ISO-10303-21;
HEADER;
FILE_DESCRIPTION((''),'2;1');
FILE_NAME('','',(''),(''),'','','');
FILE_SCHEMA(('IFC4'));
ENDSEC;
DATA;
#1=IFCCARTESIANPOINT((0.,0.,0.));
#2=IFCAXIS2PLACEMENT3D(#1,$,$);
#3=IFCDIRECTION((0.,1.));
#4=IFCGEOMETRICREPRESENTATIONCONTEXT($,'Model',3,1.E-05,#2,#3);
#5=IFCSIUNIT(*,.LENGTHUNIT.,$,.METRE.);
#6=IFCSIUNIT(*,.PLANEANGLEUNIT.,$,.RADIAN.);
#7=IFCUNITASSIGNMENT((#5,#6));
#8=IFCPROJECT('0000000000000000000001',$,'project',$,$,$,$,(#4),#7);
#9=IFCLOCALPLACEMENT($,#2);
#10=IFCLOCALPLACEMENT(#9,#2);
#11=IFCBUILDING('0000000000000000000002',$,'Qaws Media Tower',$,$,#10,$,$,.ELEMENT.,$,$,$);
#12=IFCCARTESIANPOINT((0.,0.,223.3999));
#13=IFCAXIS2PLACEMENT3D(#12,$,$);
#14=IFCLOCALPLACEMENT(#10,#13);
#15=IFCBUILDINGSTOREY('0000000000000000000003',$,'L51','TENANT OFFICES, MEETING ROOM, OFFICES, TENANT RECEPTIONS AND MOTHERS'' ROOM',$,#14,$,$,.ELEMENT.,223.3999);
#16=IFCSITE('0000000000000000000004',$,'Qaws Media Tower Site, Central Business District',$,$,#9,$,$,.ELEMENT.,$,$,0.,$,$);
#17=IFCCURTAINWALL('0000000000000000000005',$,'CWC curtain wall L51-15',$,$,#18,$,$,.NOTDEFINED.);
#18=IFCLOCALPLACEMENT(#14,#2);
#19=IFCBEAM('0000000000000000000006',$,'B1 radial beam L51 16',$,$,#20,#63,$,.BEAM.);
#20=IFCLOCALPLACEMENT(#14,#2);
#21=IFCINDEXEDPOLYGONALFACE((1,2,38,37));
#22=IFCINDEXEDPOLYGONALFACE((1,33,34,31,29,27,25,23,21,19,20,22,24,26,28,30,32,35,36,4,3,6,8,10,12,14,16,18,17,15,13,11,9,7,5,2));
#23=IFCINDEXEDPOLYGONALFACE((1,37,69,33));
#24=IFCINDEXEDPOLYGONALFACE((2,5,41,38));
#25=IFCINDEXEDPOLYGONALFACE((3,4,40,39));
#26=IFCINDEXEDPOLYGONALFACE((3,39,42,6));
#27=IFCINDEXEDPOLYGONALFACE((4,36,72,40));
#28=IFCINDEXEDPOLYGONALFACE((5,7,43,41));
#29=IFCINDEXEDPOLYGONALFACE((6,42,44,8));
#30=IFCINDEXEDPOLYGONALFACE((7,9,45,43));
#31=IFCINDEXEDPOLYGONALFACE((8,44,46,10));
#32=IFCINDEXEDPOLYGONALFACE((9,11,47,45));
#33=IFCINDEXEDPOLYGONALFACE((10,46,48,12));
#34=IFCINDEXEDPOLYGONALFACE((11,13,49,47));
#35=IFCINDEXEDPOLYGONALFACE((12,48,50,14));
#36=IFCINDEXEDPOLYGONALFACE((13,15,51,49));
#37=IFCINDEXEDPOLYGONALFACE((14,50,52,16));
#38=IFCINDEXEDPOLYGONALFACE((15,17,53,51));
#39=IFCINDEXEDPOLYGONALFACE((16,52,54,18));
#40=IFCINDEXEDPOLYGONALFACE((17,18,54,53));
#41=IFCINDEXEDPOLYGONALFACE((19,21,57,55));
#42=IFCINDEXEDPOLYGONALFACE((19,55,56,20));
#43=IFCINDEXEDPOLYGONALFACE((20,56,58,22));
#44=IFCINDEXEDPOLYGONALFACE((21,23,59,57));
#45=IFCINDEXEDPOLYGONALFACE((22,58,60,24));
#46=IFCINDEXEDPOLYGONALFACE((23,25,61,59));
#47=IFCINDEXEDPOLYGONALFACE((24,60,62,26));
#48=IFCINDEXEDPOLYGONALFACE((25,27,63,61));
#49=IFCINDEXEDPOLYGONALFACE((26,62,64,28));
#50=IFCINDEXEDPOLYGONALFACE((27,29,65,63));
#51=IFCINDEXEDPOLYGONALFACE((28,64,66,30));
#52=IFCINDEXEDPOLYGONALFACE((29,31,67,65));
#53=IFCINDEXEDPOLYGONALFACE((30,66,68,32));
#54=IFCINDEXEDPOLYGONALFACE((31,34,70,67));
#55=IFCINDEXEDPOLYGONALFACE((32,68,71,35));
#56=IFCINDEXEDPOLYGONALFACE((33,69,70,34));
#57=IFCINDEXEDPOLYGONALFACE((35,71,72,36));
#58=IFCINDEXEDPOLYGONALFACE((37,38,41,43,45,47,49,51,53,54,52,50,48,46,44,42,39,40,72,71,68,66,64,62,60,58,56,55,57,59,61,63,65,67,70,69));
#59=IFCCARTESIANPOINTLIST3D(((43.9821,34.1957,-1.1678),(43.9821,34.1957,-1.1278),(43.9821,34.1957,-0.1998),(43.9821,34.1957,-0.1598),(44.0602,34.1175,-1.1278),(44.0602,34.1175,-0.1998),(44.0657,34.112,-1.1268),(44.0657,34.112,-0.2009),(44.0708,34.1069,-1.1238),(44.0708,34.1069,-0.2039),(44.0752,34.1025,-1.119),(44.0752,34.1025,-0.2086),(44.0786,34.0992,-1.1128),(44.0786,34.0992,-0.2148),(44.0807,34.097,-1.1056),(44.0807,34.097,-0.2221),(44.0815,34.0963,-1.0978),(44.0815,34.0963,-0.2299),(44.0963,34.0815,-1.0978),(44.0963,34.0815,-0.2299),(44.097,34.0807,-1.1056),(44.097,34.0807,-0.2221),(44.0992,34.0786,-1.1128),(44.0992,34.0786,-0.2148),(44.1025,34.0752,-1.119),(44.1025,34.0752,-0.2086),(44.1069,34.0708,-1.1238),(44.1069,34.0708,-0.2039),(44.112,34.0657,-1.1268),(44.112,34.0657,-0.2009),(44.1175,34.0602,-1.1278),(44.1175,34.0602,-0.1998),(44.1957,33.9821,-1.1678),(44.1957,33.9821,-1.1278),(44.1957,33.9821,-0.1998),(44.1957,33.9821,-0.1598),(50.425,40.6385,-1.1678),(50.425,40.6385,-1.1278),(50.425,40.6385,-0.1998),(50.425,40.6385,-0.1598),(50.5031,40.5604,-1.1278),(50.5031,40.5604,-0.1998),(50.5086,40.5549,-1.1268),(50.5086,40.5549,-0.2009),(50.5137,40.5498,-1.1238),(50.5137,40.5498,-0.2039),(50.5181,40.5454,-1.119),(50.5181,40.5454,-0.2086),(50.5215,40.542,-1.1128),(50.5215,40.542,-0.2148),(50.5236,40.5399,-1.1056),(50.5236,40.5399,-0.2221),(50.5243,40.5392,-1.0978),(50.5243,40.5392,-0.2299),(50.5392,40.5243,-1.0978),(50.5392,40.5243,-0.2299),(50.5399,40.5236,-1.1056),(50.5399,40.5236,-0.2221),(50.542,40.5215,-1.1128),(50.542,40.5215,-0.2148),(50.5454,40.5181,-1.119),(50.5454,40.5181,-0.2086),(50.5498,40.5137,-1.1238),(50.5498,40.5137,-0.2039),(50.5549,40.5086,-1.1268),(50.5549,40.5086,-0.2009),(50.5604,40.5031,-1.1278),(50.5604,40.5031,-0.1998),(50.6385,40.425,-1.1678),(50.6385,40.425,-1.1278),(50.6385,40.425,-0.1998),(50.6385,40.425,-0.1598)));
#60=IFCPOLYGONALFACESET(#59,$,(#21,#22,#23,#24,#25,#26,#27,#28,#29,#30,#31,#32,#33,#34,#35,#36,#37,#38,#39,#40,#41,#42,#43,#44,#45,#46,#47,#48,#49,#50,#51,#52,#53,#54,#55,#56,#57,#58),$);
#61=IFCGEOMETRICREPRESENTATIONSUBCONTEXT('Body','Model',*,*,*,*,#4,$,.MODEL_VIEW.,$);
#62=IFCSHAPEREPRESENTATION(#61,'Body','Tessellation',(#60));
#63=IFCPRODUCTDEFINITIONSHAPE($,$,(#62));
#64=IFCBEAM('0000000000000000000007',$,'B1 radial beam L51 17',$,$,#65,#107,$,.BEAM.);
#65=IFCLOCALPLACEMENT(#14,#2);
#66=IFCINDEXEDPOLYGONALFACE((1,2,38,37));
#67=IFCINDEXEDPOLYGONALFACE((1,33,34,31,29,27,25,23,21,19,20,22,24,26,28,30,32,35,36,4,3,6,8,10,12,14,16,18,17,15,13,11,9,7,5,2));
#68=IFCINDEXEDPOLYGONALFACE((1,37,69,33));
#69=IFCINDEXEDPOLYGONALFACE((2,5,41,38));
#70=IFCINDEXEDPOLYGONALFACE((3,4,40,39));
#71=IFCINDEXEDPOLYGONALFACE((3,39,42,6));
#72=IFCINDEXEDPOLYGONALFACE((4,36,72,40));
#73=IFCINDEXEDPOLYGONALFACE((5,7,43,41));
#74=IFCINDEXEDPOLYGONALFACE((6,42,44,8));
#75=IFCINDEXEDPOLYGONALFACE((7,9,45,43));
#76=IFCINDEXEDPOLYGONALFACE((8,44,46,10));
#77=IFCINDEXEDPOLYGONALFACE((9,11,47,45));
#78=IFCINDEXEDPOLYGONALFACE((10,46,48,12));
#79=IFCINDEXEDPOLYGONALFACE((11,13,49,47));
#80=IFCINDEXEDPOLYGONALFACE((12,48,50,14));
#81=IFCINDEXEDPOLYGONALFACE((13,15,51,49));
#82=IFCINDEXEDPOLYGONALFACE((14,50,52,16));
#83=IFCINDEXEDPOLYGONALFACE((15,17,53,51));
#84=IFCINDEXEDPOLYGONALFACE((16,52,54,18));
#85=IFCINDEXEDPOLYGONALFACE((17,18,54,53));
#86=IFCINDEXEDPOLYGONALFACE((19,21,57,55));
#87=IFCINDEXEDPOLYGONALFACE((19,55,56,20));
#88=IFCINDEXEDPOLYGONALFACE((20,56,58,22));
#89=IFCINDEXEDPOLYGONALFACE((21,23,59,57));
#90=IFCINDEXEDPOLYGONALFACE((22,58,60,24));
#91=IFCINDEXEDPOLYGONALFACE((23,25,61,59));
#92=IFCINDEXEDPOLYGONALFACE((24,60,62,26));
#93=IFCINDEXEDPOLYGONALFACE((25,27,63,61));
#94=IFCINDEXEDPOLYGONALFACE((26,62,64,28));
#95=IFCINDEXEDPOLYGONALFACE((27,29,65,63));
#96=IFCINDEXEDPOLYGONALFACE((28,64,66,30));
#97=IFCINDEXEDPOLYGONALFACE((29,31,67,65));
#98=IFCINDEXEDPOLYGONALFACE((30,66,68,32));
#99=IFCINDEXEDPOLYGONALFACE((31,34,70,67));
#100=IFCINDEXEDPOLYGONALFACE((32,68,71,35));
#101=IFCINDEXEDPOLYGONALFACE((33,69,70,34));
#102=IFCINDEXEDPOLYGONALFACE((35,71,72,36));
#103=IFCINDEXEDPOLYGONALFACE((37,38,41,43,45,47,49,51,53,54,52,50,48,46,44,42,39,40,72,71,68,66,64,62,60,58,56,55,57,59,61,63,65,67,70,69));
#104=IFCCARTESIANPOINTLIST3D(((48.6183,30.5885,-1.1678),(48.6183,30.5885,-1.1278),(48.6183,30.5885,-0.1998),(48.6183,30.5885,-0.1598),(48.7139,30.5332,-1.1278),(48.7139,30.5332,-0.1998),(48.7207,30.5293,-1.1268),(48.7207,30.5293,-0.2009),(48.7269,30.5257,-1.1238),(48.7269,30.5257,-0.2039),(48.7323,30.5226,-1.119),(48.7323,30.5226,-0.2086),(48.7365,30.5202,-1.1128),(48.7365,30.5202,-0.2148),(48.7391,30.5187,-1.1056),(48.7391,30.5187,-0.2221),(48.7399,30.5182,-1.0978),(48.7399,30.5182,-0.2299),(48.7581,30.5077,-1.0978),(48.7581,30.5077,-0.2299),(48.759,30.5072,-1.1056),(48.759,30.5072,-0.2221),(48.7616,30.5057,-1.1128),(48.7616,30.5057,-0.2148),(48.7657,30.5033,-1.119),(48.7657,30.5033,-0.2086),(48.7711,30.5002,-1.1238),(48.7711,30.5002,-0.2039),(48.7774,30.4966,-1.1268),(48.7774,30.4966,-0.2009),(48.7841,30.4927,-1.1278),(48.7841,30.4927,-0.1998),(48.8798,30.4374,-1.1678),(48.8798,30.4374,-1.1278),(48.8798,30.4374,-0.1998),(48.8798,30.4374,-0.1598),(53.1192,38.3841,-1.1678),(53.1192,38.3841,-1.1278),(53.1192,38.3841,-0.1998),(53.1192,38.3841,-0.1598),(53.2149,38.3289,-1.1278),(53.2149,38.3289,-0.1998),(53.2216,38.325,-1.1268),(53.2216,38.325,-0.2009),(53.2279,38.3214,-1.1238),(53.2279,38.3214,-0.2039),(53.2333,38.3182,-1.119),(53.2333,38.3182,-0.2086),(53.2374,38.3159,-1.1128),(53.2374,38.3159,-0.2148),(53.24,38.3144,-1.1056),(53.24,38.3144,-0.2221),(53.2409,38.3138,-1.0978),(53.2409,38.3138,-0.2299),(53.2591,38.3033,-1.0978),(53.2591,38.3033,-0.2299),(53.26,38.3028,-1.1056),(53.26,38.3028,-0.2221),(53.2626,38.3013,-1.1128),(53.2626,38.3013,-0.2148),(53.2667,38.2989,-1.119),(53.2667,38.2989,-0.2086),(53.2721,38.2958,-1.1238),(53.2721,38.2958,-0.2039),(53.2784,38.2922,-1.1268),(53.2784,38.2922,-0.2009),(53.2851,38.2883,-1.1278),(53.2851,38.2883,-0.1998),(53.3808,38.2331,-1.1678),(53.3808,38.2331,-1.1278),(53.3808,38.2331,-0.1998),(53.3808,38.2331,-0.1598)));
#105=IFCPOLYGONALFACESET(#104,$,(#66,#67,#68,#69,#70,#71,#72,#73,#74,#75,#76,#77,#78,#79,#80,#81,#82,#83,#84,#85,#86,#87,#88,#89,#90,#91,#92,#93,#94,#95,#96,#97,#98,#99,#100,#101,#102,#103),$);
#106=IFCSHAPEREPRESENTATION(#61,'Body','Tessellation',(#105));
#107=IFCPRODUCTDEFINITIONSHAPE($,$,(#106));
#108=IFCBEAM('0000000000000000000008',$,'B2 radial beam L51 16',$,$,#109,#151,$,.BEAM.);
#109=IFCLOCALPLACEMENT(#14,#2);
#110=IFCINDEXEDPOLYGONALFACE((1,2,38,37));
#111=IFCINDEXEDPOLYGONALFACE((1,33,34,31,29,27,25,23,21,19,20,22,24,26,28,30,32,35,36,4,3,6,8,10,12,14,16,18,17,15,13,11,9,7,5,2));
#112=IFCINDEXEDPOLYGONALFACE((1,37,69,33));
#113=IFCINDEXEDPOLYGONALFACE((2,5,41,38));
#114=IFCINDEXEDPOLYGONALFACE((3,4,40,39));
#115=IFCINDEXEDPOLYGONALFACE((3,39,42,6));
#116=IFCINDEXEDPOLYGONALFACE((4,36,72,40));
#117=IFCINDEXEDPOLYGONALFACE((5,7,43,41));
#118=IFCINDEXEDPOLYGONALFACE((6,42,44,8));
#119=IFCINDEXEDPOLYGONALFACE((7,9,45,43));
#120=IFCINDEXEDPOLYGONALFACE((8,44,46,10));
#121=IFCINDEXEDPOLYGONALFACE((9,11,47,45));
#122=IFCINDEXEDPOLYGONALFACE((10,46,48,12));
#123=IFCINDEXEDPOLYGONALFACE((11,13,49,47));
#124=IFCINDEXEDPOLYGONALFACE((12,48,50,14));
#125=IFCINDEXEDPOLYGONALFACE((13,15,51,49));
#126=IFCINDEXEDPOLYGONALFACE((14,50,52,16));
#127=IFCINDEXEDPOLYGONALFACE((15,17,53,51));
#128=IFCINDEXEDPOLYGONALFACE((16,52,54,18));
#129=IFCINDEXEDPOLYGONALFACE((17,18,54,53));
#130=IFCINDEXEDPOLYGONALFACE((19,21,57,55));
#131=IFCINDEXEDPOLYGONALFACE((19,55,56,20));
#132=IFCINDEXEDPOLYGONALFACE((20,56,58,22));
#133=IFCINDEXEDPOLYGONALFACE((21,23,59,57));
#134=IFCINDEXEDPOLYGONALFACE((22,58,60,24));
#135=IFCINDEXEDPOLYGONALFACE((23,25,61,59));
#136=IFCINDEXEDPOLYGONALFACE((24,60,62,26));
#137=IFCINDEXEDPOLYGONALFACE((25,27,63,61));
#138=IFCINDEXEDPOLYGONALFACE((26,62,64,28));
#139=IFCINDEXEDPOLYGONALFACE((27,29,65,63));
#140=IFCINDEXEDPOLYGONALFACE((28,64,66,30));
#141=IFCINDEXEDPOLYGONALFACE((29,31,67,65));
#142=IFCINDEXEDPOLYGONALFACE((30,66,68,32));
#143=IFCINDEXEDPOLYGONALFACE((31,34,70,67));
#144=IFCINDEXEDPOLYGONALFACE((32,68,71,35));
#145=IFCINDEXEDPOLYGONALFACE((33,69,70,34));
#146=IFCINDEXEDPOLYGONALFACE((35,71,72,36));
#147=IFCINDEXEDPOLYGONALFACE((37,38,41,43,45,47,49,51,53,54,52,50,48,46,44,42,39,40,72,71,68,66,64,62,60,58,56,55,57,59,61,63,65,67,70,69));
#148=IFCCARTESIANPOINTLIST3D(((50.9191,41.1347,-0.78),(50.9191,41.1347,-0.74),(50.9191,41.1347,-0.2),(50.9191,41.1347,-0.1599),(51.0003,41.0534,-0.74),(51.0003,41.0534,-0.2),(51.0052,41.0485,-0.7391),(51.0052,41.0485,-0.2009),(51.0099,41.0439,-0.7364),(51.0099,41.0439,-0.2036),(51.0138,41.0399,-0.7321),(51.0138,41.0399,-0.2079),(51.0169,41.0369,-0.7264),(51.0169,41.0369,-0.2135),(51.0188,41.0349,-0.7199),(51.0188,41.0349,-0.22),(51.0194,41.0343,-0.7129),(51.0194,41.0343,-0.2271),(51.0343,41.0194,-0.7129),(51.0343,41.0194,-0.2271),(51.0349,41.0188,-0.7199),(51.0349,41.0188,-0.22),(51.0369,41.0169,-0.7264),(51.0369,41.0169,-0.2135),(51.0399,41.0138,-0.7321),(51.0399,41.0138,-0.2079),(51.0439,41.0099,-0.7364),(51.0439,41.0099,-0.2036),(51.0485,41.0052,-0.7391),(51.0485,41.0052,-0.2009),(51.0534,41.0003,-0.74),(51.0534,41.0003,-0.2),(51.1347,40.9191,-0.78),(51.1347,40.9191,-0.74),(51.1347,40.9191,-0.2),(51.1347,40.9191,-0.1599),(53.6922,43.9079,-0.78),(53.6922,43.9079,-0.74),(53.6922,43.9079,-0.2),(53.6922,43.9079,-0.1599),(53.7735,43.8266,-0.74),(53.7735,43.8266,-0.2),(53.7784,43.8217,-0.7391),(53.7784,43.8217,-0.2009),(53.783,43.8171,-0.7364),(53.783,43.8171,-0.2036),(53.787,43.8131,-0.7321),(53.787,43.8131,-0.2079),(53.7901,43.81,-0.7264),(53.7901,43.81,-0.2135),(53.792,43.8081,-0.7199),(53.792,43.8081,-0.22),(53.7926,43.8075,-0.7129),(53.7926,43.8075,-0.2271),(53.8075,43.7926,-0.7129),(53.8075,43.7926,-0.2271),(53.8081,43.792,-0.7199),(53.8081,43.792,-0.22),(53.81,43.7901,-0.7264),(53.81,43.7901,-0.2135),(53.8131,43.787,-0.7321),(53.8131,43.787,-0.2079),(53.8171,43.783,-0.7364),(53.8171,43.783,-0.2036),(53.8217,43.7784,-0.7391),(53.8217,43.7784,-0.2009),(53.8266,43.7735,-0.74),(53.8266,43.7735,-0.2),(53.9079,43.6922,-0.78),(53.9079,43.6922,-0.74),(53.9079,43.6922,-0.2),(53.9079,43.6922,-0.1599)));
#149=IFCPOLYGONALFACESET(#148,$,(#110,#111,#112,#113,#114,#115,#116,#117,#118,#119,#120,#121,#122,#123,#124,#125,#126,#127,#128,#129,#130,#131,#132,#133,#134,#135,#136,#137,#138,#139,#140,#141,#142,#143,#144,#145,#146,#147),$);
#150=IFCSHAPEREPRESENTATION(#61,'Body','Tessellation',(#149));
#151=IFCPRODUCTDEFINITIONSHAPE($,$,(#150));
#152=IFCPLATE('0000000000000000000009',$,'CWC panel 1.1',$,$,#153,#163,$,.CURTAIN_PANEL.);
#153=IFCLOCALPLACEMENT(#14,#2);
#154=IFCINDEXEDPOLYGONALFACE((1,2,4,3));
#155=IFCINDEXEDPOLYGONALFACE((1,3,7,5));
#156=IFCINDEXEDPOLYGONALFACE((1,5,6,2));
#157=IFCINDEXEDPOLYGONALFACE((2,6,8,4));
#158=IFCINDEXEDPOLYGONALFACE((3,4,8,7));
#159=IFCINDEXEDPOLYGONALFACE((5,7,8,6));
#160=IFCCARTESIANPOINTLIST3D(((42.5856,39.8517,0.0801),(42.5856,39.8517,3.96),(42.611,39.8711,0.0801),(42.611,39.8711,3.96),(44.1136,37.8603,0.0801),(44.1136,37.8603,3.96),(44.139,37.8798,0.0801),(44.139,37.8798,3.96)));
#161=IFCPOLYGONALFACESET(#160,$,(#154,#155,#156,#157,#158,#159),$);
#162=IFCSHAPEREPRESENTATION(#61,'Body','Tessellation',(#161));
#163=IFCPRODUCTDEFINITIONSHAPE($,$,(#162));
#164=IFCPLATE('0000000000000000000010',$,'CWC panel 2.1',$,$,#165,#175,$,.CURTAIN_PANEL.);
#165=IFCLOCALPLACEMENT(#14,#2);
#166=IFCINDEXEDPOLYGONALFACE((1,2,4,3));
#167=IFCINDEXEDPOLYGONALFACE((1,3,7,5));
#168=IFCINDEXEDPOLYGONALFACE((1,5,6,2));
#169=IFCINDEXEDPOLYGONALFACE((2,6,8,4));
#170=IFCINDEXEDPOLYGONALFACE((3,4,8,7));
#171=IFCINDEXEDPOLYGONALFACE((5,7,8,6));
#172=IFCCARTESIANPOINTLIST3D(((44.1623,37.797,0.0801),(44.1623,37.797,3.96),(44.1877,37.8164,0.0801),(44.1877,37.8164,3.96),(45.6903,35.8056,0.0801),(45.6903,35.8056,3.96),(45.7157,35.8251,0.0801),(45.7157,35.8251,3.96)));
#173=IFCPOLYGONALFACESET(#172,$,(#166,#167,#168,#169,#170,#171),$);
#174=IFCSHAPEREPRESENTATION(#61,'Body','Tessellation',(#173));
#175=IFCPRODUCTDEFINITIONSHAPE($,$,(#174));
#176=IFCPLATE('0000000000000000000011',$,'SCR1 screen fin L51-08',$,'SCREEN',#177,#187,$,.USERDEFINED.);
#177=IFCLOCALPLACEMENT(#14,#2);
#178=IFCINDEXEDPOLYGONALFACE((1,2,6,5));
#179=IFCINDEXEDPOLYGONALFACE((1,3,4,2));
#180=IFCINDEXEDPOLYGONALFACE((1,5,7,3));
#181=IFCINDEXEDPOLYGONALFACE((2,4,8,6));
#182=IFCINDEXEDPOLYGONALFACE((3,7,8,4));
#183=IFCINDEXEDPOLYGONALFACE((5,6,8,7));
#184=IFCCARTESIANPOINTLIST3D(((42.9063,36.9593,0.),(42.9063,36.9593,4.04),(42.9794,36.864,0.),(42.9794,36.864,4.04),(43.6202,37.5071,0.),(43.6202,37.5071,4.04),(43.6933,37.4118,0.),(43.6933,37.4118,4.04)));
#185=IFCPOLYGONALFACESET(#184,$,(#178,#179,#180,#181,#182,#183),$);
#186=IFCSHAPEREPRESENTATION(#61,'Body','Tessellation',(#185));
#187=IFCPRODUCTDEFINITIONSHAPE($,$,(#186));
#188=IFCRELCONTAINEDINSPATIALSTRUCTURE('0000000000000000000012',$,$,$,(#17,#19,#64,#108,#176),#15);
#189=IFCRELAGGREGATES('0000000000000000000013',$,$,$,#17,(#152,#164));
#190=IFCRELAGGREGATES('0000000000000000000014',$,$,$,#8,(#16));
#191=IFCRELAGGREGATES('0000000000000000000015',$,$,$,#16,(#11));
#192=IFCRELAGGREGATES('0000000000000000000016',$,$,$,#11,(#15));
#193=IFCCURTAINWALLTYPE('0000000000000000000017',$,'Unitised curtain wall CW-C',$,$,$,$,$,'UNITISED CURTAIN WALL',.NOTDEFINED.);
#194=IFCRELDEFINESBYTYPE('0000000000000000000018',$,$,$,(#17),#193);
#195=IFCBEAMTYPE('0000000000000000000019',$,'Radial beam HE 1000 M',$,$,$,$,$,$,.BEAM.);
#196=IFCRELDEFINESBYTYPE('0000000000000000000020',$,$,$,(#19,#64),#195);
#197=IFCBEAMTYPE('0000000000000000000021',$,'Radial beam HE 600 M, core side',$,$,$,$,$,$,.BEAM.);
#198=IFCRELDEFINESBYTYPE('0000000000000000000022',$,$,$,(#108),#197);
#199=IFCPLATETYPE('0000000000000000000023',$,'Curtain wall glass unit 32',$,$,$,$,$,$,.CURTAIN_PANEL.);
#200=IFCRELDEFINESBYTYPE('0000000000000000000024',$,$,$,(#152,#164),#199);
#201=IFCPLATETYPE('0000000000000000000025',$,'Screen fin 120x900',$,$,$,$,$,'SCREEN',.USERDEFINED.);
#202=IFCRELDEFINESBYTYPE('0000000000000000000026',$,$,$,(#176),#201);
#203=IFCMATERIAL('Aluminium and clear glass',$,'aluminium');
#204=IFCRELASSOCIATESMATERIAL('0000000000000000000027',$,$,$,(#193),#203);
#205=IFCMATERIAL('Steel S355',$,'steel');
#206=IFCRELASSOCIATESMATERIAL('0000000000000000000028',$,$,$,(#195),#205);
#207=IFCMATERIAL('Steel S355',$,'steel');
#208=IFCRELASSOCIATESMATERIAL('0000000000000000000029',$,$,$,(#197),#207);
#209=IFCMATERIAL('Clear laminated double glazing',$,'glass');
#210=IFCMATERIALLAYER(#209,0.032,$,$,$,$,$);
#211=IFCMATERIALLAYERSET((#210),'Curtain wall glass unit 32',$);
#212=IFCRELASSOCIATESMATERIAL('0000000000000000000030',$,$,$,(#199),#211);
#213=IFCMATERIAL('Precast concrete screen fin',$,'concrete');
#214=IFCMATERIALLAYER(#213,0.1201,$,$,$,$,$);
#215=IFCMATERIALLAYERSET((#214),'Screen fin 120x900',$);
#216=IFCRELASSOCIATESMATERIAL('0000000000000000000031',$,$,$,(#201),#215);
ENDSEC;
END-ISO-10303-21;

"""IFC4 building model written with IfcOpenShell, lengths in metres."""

from ifc_helpers import new_model, si_unit, direction, frame, origin, origin_2d, place, context, subcontext, project, spatial, rectangle, i_section, extrude, material, layer, layer_set, material_profile, profile_set, type_object, element, aggregate, save


model = new_model("IFC4")

# Units and contexts
model_context = context("Model", 3, precision=1e-05, world=origin(), true_north=direction((0.0, 1.0)))
body_context = subcontext(model_context, "Body", "Model", "MODEL_VIEW")
ifc_project = project(units=[si_unit("LENGTHUNIT", "METRE"), si_unit("PLANEANGLEUNIT", "RADIAN")], contexts=[model_context])

# Site, building, storey
site_placement = place(None, origin())
site = spatial("IfcSite", under=ifc_project, at=site_placement, Name="Qaws Media Tower Site, Central Business District", CompositionType="ELEMENT", RefElevation=0.0)
building_placement = place(site_placement, origin())
building = spatial("IfcBuilding", under=site, at=building_placement, Name="Qaws Media Tower", CompositionType="ELEMENT")
storey_placement = place(building_placement, frame((0.0, 0.0, 223.3999)))
storey = spatial("IfcBuildingStorey", under=building, at=storey_placement, Name="L51", Description="TENANT OFFICES, MEETING ROOM, OFFICES, TENANT RECEPTIONS AND MOTHERS' ROOM", CompositionType="ELEMENT", Elevation=223.3999)

# Shared definitions
ifc_material_1 = material(Name="Aluminium and clear glass", Category="aluminium")
curtain_wall_type = type_object("IfcCurtainWallType", Name="Unitised curtain wall CW-C", ElementType="UNITISED CURTAIN WALL", PredefinedType="NOTDEFINED", material=ifc_material_1)

# Curtain wall
curtain_wall_1_placement = place(storey_placement, origin())
curtain_wall_1 = element("IfcCurtainWall", 1, at=curtain_wall_1_placement, inside=storey, type_object=curtain_wall_type, Name="CWC curtain wall L51-15", PredefinedType="NOTDEFINED")

# Beams
ifc_material_2 = material(Name="Steel S355", Category="steel")
ifc_material_profile_1 = material_profile(ifc_material_2, i_section(OverallWidth=0.302, OverallDepth=1.0081, WebThickness=0.021, FlangeThickness=0.04, FilletRadius=0.03, at=origin_2d()), Name="HE 1000 M")
ifc_profile_set_1 = profile_set([ifc_material_profile_1], Name="Steel S355")
beam_type_1 = type_object("IfcBeamType", Name="Radial beam HE 1000 M", PredefinedType="BEAM", material=ifc_profile_set_1)
beam_1_placement = place(storey_placement, frame((50.5317, 40.5317, -0.6638), z_axis=(-0.707107, -0.707107, 0.0), x_axis=(0.707107, -0.707107, 0.0)))
element("IfcBeam", 2, at=beam_1_placement, inside=storey, type_object=beam_type_1, Name="B1 radial beam L51 16", PredefinedType="BEAM", context=body_context, shape_type="SweptSolid", body=[
    extrude(i_section(OverallWidth=0.302, OverallDepth=1.0081, WebThickness=0.021, FlangeThickness=0.04, FilletRadius=0.03, at=origin_2d()), origin(), (0.0, 0.0, 1.0), 9.1116),
])
beam_2_placement = place(storey_placement, frame((53.25, 38.3086, -0.6638), z_axis=(-0.500013, -0.866018, 0.0), x_axis=(0.866018, -0.500013, 0.0)))
element("IfcBeam", 3, at=beam_2_placement, inside=storey, type_object=beam_type_1, Name="B1 radial beam L51 17", PredefinedType="BEAM", context=body_context, shape_type="SweptSolid", body=[
    extrude(i_section(OverallWidth=0.302, OverallDepth=1.0081, WebThickness=0.021, FlangeThickness=0.04, FilletRadius=0.03, at=origin_2d()), origin(), (0.0, 0.0, 1.0), 9.0017),
])
ifc_material_3 = material(Name="Steel S355", Category="steel")
ifc_material_profile_2 = material_profile(ifc_material_3, i_section(OverallWidth=0.3049, OverallDepth=0.6201, WebThickness=0.021, FlangeThickness=0.04, FilletRadius=0.0271, at=origin_2d()), Name="HE 600 M")
ifc_profile_set_2 = profile_set([ifc_material_profile_2], Name="Steel S355")
beam_type_2 = type_object("IfcBeamType", Name="Radial beam HE 600 M, core side", PredefinedType="BEAM", material=ifc_profile_set_2)
beam_3_placement = place(storey_placement, frame((53.8, 43.8, -0.47), z_axis=(-0.707107, -0.707107, 0.0), x_axis=(0.707107, -0.707107, 0.0)))
element("IfcBeam", 4, at=beam_3_placement, inside=storey, type_object=beam_type_2, Name="B2 radial beam L51 16", PredefinedType="BEAM", context=body_context, shape_type="SweptSolid", body=[
    extrude(i_section(OverallWidth=0.3049, OverallDepth=0.6201, WebThickness=0.021, FlangeThickness=0.04, FilletRadius=0.0271, at=origin_2d()), origin(), (0.0, 0.0, 1.0), 3.9219),
])

# Plates
ifc_material_4 = material(Name="Clear laminated double glazing", Category="glass")
ifc_layer_1 = layer(ifc_material_4, 0.032)
ifc_layer_set_1 = layer_set([ifc_layer_1], Name="Curtain wall glass unit 32")
plate_type_1 = type_object("IfcPlateType", Name="Curtain wall glass unit 32", PredefinedType="CURTAIN_PANEL", material=ifc_layer_set_1)
plate_1_placement = place(storey_placement, frame((43.3623, 38.8657, 0.0801), z_axis=(0.0, 0.0, 1.0), x_axis=(0.608761, -0.793353, 0.0)))
plate_1 = element("IfcPlate", 5, at=plate_1_placement, type_object=plate_type_1, Name="CWC panel 1.1", PredefinedType="CURTAIN_PANEL", context=body_context, shape_type="SweptSolid", body=[
    extrude(rectangle(XDim=2.51, YDim=0.032, at=origin_2d()), origin(), (0.0, 0.0, 1.0), 3.8799),
])
plate_2_placement = place(storey_placement, frame((44.939, 36.811, 0.0801), z_axis=(0.0, 0.0, 1.0), x_axis=(0.608761, -0.793353, 0.0)))
plate_2 = element("IfcPlate", 6, at=plate_2_placement, type_object=plate_type_1, Name="CWC panel 2.1", PredefinedType="CURTAIN_PANEL", context=body_context, shape_type="SweptSolid", body=[
    extrude(rectangle(XDim=2.51, YDim=0.032, at=origin_2d()), origin(), (0.0, 0.0, 1.0), 3.8799),
])
aggregate(curtain_wall_1, [plate_1, plate_2])
ifc_material_5 = material(Name="Precast concrete screen fin", Category="concrete")
ifc_layer_2 = layer(ifc_material_5, 0.1201)
ifc_layer_set_2 = layer_set([ifc_layer_2], Name="Screen fin 120x900")
plate_type_2 = type_object("IfcPlateType", Name="Screen fin 120x900", ElementType="SCREEN", PredefinedType="USERDEFINED", material=ifc_layer_set_2)
plate_3_placement = place(storey_placement, frame((43.2998, 37.1855, 0.0), z_axis=(0.0, 0.0, 1.0), x_axis=(-0.793353, -0.608761, 0.0)))
element("IfcPlate", 7, at=plate_3_placement, inside=storey, type_object=plate_type_2, Name="SCR1 screen fin L51-08", ObjectType="SCREEN", PredefinedType="USERDEFINED", context=body_context, shape_type="SweptSolid", body=[
    extrude(rectangle(XDim=0.8999, YDim=0.1201, at=origin_2d()), origin(), (0.0, 0.0, 1.0), 4.04),
])

save(model, "model.ifc")
